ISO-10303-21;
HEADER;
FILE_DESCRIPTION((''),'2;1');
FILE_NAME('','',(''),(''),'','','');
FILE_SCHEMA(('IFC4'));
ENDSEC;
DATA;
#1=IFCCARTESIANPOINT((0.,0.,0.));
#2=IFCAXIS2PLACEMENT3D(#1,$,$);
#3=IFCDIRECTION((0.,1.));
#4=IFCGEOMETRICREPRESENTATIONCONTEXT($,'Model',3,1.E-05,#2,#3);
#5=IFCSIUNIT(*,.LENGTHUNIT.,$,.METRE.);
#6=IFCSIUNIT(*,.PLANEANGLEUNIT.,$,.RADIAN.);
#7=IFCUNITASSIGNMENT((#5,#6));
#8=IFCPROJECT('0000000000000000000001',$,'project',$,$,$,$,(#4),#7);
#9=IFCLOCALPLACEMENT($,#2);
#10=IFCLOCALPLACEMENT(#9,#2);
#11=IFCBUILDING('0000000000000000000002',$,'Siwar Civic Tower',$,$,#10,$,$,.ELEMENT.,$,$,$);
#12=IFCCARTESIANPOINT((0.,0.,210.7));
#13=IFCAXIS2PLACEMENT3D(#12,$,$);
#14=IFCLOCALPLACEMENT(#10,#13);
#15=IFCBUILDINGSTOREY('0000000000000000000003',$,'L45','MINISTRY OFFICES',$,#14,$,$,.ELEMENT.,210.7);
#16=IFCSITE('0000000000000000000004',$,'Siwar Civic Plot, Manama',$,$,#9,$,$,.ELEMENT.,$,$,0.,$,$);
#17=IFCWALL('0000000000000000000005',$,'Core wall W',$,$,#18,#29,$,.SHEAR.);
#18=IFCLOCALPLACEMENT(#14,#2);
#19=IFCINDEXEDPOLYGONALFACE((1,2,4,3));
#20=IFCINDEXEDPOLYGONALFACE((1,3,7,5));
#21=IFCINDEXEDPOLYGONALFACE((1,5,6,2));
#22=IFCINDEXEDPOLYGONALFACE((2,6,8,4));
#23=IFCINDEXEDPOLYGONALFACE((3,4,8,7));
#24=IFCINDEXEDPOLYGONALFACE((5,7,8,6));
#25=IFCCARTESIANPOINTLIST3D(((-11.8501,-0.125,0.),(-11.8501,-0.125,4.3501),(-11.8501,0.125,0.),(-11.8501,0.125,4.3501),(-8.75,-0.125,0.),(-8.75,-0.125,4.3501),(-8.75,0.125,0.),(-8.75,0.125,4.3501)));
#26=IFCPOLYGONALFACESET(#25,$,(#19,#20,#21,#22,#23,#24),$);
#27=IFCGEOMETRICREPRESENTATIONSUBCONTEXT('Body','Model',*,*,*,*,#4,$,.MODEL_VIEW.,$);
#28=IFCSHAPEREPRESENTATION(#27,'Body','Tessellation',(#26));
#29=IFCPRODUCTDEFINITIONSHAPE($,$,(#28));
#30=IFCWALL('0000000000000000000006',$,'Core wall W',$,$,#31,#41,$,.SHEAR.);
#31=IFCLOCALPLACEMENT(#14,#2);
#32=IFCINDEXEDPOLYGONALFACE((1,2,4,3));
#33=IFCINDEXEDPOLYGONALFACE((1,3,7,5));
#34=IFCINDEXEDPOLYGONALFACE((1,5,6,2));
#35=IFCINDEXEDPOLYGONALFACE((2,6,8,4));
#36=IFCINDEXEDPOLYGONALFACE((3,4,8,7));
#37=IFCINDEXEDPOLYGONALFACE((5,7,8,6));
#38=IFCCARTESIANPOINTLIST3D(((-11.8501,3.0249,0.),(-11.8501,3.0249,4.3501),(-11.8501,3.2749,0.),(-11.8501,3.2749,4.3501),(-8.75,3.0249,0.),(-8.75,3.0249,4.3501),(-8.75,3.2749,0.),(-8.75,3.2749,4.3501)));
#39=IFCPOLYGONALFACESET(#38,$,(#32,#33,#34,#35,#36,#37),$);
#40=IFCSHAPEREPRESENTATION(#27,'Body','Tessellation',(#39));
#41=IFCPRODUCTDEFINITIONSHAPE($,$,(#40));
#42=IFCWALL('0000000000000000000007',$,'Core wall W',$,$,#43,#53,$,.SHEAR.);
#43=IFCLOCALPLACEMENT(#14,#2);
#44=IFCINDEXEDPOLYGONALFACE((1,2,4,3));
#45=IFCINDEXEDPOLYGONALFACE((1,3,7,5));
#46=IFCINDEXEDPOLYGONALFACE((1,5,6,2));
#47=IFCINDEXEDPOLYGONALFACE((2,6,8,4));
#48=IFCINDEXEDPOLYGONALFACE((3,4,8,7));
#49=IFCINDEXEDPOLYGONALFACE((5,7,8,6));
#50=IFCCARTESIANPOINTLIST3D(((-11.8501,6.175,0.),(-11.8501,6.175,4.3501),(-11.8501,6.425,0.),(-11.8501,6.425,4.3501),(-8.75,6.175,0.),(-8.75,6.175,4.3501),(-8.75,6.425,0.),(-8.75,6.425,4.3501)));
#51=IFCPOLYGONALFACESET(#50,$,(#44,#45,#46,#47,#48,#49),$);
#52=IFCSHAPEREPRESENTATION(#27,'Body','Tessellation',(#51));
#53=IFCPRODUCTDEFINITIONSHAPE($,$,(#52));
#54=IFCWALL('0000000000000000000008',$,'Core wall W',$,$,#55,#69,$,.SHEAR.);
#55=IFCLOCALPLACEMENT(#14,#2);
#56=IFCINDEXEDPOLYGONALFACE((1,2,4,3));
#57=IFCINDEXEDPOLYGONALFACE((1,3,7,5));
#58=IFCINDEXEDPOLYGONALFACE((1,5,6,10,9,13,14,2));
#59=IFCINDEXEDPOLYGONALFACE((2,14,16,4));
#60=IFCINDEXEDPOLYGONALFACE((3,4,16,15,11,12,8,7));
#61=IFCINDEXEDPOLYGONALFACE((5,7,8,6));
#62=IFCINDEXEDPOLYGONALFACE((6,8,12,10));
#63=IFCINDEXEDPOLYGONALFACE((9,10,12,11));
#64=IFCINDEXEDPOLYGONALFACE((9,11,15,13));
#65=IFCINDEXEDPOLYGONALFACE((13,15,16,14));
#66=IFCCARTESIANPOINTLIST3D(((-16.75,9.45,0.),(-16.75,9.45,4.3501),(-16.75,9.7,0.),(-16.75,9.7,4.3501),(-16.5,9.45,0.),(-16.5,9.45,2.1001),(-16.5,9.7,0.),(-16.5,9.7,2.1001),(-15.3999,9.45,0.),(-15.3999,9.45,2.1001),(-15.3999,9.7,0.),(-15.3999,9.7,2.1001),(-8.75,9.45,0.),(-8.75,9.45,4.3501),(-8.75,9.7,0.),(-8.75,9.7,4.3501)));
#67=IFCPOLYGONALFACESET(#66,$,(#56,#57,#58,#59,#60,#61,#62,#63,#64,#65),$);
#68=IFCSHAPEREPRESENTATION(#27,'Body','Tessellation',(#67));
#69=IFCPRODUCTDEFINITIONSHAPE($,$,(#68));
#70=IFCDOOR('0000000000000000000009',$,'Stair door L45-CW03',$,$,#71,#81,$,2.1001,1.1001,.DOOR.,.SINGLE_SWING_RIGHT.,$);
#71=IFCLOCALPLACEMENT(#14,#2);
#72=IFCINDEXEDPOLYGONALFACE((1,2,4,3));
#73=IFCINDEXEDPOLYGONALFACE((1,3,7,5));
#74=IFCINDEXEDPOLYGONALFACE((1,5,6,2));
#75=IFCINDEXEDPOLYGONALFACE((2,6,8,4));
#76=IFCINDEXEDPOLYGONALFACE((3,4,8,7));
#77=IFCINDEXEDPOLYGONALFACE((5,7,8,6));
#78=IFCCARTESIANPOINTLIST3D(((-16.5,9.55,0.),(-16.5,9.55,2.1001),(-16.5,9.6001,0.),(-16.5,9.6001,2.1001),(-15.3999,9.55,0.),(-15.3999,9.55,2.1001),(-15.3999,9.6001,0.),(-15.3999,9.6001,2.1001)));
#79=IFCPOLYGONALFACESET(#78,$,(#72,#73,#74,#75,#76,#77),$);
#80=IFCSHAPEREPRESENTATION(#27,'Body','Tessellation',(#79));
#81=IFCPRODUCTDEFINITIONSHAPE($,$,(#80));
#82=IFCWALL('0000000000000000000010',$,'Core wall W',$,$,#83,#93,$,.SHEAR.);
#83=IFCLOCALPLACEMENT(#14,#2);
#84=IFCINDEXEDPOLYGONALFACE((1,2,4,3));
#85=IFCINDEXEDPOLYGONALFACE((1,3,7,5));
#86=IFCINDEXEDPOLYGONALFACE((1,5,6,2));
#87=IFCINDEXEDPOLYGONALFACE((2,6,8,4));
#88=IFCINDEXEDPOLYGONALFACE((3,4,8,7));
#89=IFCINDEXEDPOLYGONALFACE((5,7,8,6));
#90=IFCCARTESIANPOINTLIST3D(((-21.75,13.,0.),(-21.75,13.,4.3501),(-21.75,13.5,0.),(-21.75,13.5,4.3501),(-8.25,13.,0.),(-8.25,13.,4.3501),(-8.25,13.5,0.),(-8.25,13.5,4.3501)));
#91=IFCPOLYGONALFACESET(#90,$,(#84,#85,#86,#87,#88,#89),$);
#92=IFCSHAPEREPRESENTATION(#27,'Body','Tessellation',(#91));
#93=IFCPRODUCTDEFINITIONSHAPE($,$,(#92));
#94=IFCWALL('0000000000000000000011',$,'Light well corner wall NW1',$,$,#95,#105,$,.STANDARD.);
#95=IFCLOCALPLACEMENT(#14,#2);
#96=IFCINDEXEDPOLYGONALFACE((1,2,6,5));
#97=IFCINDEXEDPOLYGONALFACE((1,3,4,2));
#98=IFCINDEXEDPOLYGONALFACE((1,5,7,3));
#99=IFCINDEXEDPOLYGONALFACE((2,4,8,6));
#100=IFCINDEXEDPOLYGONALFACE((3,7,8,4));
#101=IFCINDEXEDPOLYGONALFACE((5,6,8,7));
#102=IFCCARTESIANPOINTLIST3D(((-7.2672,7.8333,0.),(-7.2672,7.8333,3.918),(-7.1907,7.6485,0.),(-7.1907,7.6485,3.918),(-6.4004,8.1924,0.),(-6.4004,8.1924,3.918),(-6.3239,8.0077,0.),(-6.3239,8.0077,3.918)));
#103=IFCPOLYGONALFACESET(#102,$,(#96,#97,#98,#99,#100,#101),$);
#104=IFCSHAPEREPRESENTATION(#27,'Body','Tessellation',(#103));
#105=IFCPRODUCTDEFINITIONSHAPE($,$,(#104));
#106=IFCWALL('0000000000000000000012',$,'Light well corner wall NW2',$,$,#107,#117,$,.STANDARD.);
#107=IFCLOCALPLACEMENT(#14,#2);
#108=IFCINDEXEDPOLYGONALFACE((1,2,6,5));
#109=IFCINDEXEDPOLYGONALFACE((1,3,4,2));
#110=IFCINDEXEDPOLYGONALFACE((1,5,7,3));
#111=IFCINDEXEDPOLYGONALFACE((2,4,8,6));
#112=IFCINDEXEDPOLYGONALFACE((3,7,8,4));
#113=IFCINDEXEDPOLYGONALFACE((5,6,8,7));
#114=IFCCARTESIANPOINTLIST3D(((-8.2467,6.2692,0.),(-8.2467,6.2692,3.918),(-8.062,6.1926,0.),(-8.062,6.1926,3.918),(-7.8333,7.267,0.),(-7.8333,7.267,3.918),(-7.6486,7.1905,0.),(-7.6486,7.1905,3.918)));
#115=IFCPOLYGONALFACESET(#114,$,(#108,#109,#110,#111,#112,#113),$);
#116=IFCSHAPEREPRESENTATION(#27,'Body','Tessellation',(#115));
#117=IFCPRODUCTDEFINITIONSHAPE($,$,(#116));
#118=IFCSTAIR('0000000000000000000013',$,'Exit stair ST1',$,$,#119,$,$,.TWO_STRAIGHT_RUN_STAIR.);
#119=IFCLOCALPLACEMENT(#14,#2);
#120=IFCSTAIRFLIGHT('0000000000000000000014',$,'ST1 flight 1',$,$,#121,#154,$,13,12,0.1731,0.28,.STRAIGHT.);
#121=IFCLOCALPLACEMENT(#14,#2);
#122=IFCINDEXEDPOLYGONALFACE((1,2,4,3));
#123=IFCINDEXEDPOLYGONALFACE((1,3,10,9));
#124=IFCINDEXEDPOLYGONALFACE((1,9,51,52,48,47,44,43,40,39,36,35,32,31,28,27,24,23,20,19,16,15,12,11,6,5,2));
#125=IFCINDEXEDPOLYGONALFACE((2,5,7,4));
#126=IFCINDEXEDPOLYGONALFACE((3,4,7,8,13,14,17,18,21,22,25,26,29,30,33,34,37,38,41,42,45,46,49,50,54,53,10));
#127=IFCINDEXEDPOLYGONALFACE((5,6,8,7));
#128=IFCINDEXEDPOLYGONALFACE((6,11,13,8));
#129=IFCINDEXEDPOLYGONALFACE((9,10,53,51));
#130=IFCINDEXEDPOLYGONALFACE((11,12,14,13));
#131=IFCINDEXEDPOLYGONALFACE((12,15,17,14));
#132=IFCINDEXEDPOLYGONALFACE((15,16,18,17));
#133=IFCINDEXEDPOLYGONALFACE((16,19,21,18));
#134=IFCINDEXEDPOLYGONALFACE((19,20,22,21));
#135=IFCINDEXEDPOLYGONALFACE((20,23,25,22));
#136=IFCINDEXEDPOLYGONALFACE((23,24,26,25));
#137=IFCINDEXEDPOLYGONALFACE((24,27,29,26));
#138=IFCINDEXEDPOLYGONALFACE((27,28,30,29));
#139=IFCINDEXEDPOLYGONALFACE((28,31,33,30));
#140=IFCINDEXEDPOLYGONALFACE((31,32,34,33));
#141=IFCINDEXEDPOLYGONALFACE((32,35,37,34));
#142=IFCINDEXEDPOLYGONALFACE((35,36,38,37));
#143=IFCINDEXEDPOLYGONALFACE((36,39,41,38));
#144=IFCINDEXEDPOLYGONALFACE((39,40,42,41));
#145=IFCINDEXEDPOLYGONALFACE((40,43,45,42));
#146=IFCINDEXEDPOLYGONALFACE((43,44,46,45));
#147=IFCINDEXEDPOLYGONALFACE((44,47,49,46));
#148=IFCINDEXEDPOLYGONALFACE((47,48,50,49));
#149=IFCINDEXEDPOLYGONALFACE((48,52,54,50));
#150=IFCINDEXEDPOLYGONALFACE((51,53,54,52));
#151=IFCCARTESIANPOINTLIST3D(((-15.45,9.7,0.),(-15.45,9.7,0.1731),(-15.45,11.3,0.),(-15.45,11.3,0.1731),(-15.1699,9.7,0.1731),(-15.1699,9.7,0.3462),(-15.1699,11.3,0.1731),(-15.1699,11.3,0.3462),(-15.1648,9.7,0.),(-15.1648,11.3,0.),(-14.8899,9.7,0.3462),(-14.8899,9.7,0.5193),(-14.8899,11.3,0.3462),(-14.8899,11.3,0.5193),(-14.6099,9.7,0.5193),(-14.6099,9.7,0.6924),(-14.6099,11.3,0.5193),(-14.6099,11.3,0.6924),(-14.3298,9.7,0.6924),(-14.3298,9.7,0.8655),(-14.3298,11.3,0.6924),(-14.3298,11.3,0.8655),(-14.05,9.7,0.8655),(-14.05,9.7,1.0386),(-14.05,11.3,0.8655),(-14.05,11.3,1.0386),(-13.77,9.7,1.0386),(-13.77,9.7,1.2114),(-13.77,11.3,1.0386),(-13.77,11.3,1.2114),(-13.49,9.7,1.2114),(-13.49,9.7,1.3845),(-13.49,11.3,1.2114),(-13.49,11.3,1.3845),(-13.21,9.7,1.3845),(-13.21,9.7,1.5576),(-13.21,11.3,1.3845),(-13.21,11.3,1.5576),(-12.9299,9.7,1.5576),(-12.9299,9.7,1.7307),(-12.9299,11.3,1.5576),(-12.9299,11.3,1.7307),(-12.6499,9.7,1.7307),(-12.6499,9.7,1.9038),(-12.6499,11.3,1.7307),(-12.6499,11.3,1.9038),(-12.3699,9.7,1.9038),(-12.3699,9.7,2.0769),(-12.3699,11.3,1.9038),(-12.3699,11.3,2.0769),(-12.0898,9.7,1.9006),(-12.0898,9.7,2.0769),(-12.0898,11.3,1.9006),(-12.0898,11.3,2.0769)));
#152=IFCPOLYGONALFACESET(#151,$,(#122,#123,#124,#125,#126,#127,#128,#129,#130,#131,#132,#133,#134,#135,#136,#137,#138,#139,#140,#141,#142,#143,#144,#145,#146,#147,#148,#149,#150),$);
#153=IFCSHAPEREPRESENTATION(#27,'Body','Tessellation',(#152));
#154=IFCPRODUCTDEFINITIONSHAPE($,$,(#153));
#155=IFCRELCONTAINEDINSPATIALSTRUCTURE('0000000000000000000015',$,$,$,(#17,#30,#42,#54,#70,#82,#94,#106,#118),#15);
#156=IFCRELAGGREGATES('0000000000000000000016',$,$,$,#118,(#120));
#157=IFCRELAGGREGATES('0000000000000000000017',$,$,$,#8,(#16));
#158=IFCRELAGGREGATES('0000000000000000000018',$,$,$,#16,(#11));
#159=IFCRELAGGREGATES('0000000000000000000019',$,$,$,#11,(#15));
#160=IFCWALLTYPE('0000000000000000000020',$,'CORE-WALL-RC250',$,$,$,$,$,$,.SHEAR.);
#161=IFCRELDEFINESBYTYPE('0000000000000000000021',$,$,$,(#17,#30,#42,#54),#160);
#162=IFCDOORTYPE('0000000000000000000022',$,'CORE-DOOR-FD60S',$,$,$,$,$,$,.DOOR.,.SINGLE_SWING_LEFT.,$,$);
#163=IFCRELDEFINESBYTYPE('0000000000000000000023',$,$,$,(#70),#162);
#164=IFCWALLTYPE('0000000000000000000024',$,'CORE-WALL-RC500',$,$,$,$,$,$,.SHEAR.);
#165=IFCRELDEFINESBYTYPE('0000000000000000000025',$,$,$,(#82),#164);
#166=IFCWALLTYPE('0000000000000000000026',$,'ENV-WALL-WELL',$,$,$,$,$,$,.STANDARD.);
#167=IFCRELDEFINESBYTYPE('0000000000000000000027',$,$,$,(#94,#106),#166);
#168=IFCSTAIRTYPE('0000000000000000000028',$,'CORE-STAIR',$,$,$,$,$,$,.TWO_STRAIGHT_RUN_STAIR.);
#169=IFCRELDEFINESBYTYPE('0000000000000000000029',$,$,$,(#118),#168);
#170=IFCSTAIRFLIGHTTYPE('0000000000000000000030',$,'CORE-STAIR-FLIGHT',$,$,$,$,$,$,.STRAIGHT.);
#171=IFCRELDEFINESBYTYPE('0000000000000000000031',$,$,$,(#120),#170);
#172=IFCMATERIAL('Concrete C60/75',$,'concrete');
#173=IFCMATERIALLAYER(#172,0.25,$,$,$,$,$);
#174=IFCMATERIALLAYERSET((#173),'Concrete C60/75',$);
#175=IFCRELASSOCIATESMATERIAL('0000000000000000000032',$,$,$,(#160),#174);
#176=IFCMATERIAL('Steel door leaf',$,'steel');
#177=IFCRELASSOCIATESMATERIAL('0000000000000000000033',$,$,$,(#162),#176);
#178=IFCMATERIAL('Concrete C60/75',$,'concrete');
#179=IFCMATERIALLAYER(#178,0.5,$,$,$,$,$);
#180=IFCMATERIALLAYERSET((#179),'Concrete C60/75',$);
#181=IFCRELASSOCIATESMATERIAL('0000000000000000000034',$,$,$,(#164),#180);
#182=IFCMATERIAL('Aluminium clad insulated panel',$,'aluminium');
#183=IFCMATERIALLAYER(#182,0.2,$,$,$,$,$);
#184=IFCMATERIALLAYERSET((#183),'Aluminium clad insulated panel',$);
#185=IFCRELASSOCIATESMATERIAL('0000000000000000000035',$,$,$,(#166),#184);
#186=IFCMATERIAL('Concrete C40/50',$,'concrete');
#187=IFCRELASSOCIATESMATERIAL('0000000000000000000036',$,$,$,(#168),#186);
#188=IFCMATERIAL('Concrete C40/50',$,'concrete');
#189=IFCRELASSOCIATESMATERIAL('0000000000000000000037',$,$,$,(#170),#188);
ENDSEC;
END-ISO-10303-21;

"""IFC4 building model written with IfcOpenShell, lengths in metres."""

from ifc_helpers import new_model, si_unit, direction, frame, frame_2d, origin, place, context, subcontext, project, spatial, polyline, rectangle, outline, extrude, material, layer, layer_set, type_object, element, fill, aggregate, save


model = new_model("IFC4")

# Units and contexts
model_context = context("Model", 3, precision=1e-05, world=origin(), true_north=direction((0.0, 1.0)))
body_context = subcontext(model_context, "Body", "Model", "MODEL_VIEW")
ifc_project = project(units=[si_unit("LENGTHUNIT", "METRE"), si_unit("PLANEANGLEUNIT", "RADIAN")], contexts=[model_context])

# Site, building, storey
site_placement = place(None, origin())
site = spatial("IfcSite", under=ifc_project, at=site_placement, Name="Siwar Civic Plot, Manama", CompositionType="ELEMENT", RefElevation=0.0)
building_placement = place(site_placement, origin())
building = spatial("IfcBuilding", under=site, at=building_placement, Name="Siwar Civic Tower", CompositionType="ELEMENT")
storey_placement = place(building_placement, frame((0.0, 0.0, 210.7)))
storey = spatial("IfcBuildingStorey", under=building, at=storey_placement, Name="L45", Description="MINISTRY OFFICES", CompositionType="ELEMENT", Elevation=210.7)

# Shared definitions
ifc_material_1 = material(Name="Concrete C60/75", Category="concrete")
ifc_layer_1 = layer(ifc_material_1, 0.25)
ifc_layer_set_1 = layer_set([ifc_layer_1], Name="Concrete C60/75")
wall_type_1 = type_object("IfcWallType", Name="CORE-WALL-RC250", PredefinedType="SHEAR", material=ifc_layer_set_1)

# Walls
for number, where, z_axis, x_axis, name in (
    (1, (-8.75, 0.0, 0.0), (0.0, 0.0, 1.0), (-1.0, 0.0, 0.0), "Core wall W"),
    (2, (-8.75, 3.1499, 0.0), (0.0, 0.0, 1.0), (-1.0, 0.0, 0.0), "Core wall W"),
    (3, (-8.75, 6.3, 0.0), (0.0, 0.0, 1.0), (-1.0, 0.0, 0.0), "Core wall W"),
):
    element("IfcWall", number, at=place(storey_placement, frame(where, z_axis=z_axis, x_axis=x_axis)), inside=storey, type_object=wall_type_1, Name=name, PredefinedType="SHEAR", context=body_context, shape_type="SweptSolid", body=[
        extrude(rectangle(XDim=3.1001, YDim=0.25, at=frame_2d((1.55, 0.0))), origin(), (0.0, 0.0, 1.0), 4.3501),
    ])

# Wall, opening, door
wall_1_placement = place(storey_placement, frame((-8.75, 9.575, 0.0), z_axis=(0.0, 0.0, 1.0), x_axis=(-1.0, 0.0, 0.0)))
wall_1 = element("IfcWall", 4, at=wall_1_placement, inside=storey, type_object=wall_type_1, Name="Core wall W", PredefinedType="SHEAR", context=body_context, shape_type="SweptSolid", body=[
    extrude(rectangle(XDim=8.0, YDim=0.25, at=frame_2d((4.0, 0.0))), origin(), (0.0, 0.0, 1.0), 4.3501),
])
opening_1_placement = place(wall_1_placement, frame((6.6499, 0.0, 0.0)))
opening_1 = element("IfcOpeningElement", 5, at=opening_1_placement, cuts=wall_1, PredefinedType="OPENING", context=body_context, shape_type="SweptSolid", body=[
    extrude(rectangle(XDim=1.1001, YDim=2.1001, at=frame_2d((0.55, 1.05))), frame((0.0, 0.135, 0.0), z_axis=(0.0, -1.0, 0.0), x_axis=(1.0, 0.0, 0.0)), (0.0, 0.0, 1.0), 0.27),
])
ifc_material_2 = material(Name="Steel door leaf", Category="steel")
door_type_1 = type_object("IfcDoorType", Name="CORE-DOOR-FD60S", OperationType="SINGLE_SWING_LEFT", PredefinedType="DOOR", material=ifc_material_2)
door_1_placement = place(opening_1_placement, origin())
door_1 = element("IfcDoor", 6, at=door_1_placement, inside=storey, type_object=door_type_1, Name="Stair door L45-CW03", OperationType="SINGLE_SWING_RIGHT", OverallHeight=2.1001, OverallWidth=1.1001, PredefinedType="DOOR", context=body_context, shape_type="SweptSolid", body=[
    extrude(rectangle(XDim=1.1001, YDim=2.1001, at=frame_2d((0.55, 1.05))), frame((0.0, 0.0249, 0.0), z_axis=(0.0, -1.0, 0.0), x_axis=(1.0, 0.0, 0.0)), (0.0, 0.0, 1.0), 0.05),
])
fill(opening_1, door_1)

# Walls
ifc_material_3 = material(Name="Concrete C60/75", Category="concrete")
ifc_layer_2 = layer(ifc_material_3, 0.5)
ifc_layer_set_2 = layer_set([ifc_layer_2], Name="Concrete C60/75")
wall_type_2 = type_object("IfcWallType", Name="CORE-WALL-RC500", PredefinedType="SHEAR", material=ifc_layer_set_2)
wall_2_placement = place(storey_placement, frame((-8.25, 13.25, 0.0), z_axis=(0.0, 0.0, 1.0), x_axis=(-1.0, 0.0, 0.0)))
element("IfcWall", 7, at=wall_2_placement, inside=storey, type_object=wall_type_2, Name="Core wall W", PredefinedType="SHEAR", context=body_context, shape_type="SweptSolid", body=[
    extrude(rectangle(XDim=13.5, YDim=0.5, at=frame_2d((6.75, 0.0))), origin(), (0.0, 0.0, 1.0), 4.3501),
])
ifc_material_4 = material(Name="Aluminium clad insulated panel", Category="aluminium")
ifc_layer_3 = layer(ifc_material_4, 0.2)
ifc_layer_set_3 = layer_set([ifc_layer_3], Name="Aluminium clad insulated panel")
wall_type_3 = type_object("IfcWallType", Name="ENV-WALL-WELL", PredefinedType="STANDARD", material=ifc_layer_set_3)
wall_3_placement = place(storey_placement, frame((-6.3621, 8.1001, 0.0), z_axis=(0.0, 0.0, 1.0), x_axis=(-0.92383, -0.382804, 0.0)))
element("IfcWall", 8, at=wall_3_placement, inside=storey, type_object=wall_type_3, Name="Light well corner wall NW1", PredefinedType="STANDARD", context=body_context, shape_type="SweptSolid", body=[
    extrude(rectangle(XDim=0.9382, YDim=0.2, at=frame_2d((0.4692, 0.0))), origin(), (0.0, 0.0, 1.0), 3.918),
])
wall_4_placement = place(storey_placement, frame((-7.741, 7.2288, 0.0), z_axis=(0.0, 0.0, 1.0), x_axis=(-0.382704, -0.923871, 0.0)))
element("IfcWall", 9, at=wall_4_placement, inside=storey, type_object=wall_type_3, Name="Light well corner wall NW2", PredefinedType="STANDARD", context=body_context, shape_type="SweptSolid", body=[
    extrude(rectangle(XDim=1.0801, YDim=0.2, at=frame_2d((0.54, 0.0))), origin(), (0.0, 0.0, 1.0), 3.918),
])

# Stair, stair flight
ifc_material_5 = material(Name="Concrete C40/50", Category="concrete")
stair_type = type_object("IfcStairType", Name="CORE-STAIR", PredefinedType="TWO_STRAIGHT_RUN_STAIR", material=ifc_material_5)
stair_placement = place(storey_placement, origin())
stair = element("IfcStair", 10, at=stair_placement, inside=storey, type_object=stair_type, Name="Exit stair ST1", PredefinedType="TWO_STRAIGHT_RUN_STAIR")
ifc_material_6 = material(Name="Concrete C40/50", Category="concrete")
stair_flight_type = type_object("IfcStairFlightType", Name="CORE-STAIR-FLIGHT", PredefinedType="STRAIGHT", material=ifc_material_6)
stair_flight_1_placement = place(storey_placement, frame((-15.45, 10.5, 0.0), z_axis=(0.0, 0.0, 1.0), x_axis=(1.0, 0.0, 0.0)))
stair_flight_1 = element("IfcStairFlight", 11, at=stair_flight_1_placement, type_object=stair_flight_type, Name="ST1 flight 1", NumberOfRisers=13, NumberOfTreads=12, PredefinedType="STRAIGHT", RiserHeight=0.1731, TreadLength=0.28, context=body_context, shape_type="SweptSolid", body=[
    extrude(outline(polyline([(0.0, 0.0), (0.0, 0.1731), (0.28, 0.1731), (0.28, 0.3462), (0.5601, 0.3462), (0.5601, 0.5193), (0.8401, 0.5193), (0.8401, 0.6924), (1.1201, 0.6924), (1.1201, 0.8655), (1.3999, 0.8655), (1.3999, 1.0386), (1.6799, 1.0386), (1.6799, 1.2114), (1.96, 1.2114), (1.96, 1.3845), (2.24, 1.3845), (2.24, 1.5576), (2.52, 1.5576), (2.52, 1.7307), (2.8, 1.7307), (2.8, 1.9038), (3.0801, 1.9038), (3.0801, 2.0769), (3.3601, 2.0769), (3.3601, 2.25), (3.3601, 1.9006), (0.2852, 0.0), (0.0, 0.0)])), frame((0.0, 0.8, 0.0), z_axis=(0.0, -1.0, 0.0), x_axis=(1.0, 0.0, 0.0)), (0.0, 0.0, 1.0), 1.6001),
])
aggregate(stair, [stair_flight_1])

save(model, "model.ifc")
